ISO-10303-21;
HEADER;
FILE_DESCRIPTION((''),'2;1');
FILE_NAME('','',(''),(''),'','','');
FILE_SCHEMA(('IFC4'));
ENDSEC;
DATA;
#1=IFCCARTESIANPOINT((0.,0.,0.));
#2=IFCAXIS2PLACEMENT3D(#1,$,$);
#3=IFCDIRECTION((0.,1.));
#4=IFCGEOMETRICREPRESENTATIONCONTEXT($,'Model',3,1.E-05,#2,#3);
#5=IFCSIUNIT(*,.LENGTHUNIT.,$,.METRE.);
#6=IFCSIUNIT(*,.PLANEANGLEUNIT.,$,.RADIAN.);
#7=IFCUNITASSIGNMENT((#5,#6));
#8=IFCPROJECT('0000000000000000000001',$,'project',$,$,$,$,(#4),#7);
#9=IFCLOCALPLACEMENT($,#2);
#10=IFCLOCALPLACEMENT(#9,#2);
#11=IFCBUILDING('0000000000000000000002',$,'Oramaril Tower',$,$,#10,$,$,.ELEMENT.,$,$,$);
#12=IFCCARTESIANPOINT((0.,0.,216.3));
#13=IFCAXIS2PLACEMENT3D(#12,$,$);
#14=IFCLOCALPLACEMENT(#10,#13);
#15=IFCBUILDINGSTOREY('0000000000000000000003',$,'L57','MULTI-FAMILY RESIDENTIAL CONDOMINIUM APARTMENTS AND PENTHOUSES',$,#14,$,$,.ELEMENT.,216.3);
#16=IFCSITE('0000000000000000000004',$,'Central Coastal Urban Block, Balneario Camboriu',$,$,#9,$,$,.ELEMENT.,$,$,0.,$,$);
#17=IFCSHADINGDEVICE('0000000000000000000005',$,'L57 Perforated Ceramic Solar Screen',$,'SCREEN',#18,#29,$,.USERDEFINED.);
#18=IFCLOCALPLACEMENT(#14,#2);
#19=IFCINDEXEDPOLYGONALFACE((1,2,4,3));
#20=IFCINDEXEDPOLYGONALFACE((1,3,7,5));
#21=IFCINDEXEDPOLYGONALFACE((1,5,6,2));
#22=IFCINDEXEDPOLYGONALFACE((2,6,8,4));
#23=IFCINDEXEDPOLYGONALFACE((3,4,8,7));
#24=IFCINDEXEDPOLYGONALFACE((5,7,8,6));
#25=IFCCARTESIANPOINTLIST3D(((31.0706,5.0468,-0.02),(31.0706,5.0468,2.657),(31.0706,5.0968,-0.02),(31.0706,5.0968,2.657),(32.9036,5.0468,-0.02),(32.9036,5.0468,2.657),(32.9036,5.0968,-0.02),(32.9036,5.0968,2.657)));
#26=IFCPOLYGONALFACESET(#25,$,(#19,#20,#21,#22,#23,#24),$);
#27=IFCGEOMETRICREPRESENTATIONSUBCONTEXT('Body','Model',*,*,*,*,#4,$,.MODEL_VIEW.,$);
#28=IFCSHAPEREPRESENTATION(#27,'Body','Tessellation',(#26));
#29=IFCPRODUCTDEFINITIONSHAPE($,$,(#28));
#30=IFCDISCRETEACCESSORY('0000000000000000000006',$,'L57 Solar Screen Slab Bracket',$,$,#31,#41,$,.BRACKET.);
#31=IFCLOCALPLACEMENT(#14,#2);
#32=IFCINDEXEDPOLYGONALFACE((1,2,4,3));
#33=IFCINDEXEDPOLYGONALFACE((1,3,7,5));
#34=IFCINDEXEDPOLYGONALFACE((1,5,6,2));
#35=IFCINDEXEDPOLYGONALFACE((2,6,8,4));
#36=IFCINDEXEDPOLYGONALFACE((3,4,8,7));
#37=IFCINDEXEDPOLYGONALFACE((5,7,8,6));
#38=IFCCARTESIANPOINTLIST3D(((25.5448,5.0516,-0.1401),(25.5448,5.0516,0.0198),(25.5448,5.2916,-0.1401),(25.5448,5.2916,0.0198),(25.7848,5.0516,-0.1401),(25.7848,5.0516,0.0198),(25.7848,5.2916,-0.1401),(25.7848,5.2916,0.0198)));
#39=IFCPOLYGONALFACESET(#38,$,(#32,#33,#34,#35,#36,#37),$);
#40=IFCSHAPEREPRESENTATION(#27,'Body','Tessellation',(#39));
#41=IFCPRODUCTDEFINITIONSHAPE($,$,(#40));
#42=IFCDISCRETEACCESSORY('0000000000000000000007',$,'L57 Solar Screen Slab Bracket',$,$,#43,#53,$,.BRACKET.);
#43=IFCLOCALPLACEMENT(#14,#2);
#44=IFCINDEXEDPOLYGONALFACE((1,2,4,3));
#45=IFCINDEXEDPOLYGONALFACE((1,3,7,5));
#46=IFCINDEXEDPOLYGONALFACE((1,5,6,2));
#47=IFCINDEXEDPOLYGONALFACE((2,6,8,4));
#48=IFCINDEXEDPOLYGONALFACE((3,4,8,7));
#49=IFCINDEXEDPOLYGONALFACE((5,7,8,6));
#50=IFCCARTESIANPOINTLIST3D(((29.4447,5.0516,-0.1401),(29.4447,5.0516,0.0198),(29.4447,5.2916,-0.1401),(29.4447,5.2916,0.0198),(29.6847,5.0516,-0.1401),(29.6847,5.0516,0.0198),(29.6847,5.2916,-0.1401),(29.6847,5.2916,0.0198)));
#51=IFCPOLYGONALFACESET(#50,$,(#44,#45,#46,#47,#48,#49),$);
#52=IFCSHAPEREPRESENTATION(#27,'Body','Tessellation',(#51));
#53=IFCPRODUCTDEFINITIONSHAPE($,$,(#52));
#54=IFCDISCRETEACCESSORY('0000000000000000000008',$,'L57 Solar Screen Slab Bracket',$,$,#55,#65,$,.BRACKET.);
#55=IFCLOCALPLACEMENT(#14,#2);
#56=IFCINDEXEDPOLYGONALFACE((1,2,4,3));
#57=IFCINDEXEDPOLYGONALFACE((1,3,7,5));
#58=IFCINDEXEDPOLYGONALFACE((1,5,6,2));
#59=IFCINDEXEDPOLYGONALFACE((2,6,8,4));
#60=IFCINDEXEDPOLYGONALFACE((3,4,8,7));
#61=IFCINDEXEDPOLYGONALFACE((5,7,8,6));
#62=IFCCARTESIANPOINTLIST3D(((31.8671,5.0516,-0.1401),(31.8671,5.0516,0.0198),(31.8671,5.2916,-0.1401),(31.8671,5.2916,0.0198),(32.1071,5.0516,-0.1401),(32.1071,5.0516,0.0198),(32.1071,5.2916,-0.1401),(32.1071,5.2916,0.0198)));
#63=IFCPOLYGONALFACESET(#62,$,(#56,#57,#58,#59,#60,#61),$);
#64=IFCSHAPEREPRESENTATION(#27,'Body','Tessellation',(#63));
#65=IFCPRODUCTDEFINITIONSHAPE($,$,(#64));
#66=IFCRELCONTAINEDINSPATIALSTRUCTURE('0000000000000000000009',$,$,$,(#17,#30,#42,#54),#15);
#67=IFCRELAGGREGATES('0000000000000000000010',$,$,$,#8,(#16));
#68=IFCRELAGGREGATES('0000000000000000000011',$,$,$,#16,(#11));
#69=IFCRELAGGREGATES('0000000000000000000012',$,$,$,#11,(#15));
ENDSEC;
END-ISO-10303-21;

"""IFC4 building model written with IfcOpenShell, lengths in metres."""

from ifc_helpers import new_model, si_unit, direction, frame, origin, origin_2d, place, context, subcontext, project, spatial, rectangle, extrude, element, save


model = new_model("IFC4")

# Units and contexts
model_context = context("Model", 3, precision=1e-05, world=origin(), true_north=direction((0.0, 1.0)))
body_context = subcontext(model_context, "Body", "Model", "MODEL_VIEW")
ifc_project = project(units=[si_unit("LENGTHUNIT", "METRE"), si_unit("PLANEANGLEUNIT", "RADIAN")], contexts=[model_context])

# Site, building, storey
site_placement = place(None, origin())
site = spatial("IfcSite", under=ifc_project, at=site_placement, Name="Central Coastal Urban Block, Balneario Camboriu", CompositionType="ELEMENT", RefElevation=0.0)
building_placement = place(site_placement, origin())
building = spatial("IfcBuilding", under=site, at=building_placement, Name="Oramaril Tower", CompositionType="ELEMENT")
storey_placement = place(building_placement, frame((0.0, 0.0, 216.3)))
storey = spatial("IfcBuildingStorey", under=building, at=storey_placement, Name="L57", Description="MULTI-FAMILY RESIDENTIAL CONDOMINIUM APARTMENTS AND PENTHOUSES", CompositionType="ELEMENT", Elevation=216.3)

# Shading device
for number, where, z_axis, x_axis, name in (
    (1, (31.9871, 5.0718, -0.02), (0.0, 0.0, 1.0), (1.0, 0.0, 0.0), "L57 Perforated Ceramic Solar Screen"),
):
    element("IfcShadingDevice", number, at=place(storey_placement, frame(where, z_axis=z_axis, x_axis=x_axis)), inside=storey, Name=name, ObjectType="SCREEN", PredefinedType="USERDEFINED", context=body_context, shape_type="SweptSolid", body=[
        extrude(rectangle(XDim=1.833, YDim=0.05, at=origin_2d()), origin(), (0.0, 0.0, 1.0), 2.677),
    ])

# Discrete accessories
for number, where, z_axis, x_axis, name in (
    (2, (25.6648, 5.1716, -0.1401), (0.0, 0.0, 1.0), (1.0, 0.0, 0.0), "L57 Solar Screen Slab Bracket"),
    (3, (29.5647, 5.1716, -0.1401), (0.0, 0.0, 1.0), (1.0, 0.0, 0.0), "L57 Solar Screen Slab Bracket"),
    (4, (31.9871, 5.1716, -0.1401), (0.0, 0.0, 1.0), (1.0, 0.0, 0.0), "L57 Solar Screen Slab Bracket"),
):
    element("IfcDiscreteAccessory", number, at=place(storey_placement, frame(where, z_axis=z_axis, x_axis=x_axis)), inside=storey, Name=name, PredefinedType="BRACKET", context=body_context, shape_type="SweptSolid", body=[
        extrude(rectangle(XDim=0.24, YDim=0.24, at=origin_2d()), origin(), (0.0, 0.0, 1.0), 0.1599),
    ])

save(model, "model.ifc")
